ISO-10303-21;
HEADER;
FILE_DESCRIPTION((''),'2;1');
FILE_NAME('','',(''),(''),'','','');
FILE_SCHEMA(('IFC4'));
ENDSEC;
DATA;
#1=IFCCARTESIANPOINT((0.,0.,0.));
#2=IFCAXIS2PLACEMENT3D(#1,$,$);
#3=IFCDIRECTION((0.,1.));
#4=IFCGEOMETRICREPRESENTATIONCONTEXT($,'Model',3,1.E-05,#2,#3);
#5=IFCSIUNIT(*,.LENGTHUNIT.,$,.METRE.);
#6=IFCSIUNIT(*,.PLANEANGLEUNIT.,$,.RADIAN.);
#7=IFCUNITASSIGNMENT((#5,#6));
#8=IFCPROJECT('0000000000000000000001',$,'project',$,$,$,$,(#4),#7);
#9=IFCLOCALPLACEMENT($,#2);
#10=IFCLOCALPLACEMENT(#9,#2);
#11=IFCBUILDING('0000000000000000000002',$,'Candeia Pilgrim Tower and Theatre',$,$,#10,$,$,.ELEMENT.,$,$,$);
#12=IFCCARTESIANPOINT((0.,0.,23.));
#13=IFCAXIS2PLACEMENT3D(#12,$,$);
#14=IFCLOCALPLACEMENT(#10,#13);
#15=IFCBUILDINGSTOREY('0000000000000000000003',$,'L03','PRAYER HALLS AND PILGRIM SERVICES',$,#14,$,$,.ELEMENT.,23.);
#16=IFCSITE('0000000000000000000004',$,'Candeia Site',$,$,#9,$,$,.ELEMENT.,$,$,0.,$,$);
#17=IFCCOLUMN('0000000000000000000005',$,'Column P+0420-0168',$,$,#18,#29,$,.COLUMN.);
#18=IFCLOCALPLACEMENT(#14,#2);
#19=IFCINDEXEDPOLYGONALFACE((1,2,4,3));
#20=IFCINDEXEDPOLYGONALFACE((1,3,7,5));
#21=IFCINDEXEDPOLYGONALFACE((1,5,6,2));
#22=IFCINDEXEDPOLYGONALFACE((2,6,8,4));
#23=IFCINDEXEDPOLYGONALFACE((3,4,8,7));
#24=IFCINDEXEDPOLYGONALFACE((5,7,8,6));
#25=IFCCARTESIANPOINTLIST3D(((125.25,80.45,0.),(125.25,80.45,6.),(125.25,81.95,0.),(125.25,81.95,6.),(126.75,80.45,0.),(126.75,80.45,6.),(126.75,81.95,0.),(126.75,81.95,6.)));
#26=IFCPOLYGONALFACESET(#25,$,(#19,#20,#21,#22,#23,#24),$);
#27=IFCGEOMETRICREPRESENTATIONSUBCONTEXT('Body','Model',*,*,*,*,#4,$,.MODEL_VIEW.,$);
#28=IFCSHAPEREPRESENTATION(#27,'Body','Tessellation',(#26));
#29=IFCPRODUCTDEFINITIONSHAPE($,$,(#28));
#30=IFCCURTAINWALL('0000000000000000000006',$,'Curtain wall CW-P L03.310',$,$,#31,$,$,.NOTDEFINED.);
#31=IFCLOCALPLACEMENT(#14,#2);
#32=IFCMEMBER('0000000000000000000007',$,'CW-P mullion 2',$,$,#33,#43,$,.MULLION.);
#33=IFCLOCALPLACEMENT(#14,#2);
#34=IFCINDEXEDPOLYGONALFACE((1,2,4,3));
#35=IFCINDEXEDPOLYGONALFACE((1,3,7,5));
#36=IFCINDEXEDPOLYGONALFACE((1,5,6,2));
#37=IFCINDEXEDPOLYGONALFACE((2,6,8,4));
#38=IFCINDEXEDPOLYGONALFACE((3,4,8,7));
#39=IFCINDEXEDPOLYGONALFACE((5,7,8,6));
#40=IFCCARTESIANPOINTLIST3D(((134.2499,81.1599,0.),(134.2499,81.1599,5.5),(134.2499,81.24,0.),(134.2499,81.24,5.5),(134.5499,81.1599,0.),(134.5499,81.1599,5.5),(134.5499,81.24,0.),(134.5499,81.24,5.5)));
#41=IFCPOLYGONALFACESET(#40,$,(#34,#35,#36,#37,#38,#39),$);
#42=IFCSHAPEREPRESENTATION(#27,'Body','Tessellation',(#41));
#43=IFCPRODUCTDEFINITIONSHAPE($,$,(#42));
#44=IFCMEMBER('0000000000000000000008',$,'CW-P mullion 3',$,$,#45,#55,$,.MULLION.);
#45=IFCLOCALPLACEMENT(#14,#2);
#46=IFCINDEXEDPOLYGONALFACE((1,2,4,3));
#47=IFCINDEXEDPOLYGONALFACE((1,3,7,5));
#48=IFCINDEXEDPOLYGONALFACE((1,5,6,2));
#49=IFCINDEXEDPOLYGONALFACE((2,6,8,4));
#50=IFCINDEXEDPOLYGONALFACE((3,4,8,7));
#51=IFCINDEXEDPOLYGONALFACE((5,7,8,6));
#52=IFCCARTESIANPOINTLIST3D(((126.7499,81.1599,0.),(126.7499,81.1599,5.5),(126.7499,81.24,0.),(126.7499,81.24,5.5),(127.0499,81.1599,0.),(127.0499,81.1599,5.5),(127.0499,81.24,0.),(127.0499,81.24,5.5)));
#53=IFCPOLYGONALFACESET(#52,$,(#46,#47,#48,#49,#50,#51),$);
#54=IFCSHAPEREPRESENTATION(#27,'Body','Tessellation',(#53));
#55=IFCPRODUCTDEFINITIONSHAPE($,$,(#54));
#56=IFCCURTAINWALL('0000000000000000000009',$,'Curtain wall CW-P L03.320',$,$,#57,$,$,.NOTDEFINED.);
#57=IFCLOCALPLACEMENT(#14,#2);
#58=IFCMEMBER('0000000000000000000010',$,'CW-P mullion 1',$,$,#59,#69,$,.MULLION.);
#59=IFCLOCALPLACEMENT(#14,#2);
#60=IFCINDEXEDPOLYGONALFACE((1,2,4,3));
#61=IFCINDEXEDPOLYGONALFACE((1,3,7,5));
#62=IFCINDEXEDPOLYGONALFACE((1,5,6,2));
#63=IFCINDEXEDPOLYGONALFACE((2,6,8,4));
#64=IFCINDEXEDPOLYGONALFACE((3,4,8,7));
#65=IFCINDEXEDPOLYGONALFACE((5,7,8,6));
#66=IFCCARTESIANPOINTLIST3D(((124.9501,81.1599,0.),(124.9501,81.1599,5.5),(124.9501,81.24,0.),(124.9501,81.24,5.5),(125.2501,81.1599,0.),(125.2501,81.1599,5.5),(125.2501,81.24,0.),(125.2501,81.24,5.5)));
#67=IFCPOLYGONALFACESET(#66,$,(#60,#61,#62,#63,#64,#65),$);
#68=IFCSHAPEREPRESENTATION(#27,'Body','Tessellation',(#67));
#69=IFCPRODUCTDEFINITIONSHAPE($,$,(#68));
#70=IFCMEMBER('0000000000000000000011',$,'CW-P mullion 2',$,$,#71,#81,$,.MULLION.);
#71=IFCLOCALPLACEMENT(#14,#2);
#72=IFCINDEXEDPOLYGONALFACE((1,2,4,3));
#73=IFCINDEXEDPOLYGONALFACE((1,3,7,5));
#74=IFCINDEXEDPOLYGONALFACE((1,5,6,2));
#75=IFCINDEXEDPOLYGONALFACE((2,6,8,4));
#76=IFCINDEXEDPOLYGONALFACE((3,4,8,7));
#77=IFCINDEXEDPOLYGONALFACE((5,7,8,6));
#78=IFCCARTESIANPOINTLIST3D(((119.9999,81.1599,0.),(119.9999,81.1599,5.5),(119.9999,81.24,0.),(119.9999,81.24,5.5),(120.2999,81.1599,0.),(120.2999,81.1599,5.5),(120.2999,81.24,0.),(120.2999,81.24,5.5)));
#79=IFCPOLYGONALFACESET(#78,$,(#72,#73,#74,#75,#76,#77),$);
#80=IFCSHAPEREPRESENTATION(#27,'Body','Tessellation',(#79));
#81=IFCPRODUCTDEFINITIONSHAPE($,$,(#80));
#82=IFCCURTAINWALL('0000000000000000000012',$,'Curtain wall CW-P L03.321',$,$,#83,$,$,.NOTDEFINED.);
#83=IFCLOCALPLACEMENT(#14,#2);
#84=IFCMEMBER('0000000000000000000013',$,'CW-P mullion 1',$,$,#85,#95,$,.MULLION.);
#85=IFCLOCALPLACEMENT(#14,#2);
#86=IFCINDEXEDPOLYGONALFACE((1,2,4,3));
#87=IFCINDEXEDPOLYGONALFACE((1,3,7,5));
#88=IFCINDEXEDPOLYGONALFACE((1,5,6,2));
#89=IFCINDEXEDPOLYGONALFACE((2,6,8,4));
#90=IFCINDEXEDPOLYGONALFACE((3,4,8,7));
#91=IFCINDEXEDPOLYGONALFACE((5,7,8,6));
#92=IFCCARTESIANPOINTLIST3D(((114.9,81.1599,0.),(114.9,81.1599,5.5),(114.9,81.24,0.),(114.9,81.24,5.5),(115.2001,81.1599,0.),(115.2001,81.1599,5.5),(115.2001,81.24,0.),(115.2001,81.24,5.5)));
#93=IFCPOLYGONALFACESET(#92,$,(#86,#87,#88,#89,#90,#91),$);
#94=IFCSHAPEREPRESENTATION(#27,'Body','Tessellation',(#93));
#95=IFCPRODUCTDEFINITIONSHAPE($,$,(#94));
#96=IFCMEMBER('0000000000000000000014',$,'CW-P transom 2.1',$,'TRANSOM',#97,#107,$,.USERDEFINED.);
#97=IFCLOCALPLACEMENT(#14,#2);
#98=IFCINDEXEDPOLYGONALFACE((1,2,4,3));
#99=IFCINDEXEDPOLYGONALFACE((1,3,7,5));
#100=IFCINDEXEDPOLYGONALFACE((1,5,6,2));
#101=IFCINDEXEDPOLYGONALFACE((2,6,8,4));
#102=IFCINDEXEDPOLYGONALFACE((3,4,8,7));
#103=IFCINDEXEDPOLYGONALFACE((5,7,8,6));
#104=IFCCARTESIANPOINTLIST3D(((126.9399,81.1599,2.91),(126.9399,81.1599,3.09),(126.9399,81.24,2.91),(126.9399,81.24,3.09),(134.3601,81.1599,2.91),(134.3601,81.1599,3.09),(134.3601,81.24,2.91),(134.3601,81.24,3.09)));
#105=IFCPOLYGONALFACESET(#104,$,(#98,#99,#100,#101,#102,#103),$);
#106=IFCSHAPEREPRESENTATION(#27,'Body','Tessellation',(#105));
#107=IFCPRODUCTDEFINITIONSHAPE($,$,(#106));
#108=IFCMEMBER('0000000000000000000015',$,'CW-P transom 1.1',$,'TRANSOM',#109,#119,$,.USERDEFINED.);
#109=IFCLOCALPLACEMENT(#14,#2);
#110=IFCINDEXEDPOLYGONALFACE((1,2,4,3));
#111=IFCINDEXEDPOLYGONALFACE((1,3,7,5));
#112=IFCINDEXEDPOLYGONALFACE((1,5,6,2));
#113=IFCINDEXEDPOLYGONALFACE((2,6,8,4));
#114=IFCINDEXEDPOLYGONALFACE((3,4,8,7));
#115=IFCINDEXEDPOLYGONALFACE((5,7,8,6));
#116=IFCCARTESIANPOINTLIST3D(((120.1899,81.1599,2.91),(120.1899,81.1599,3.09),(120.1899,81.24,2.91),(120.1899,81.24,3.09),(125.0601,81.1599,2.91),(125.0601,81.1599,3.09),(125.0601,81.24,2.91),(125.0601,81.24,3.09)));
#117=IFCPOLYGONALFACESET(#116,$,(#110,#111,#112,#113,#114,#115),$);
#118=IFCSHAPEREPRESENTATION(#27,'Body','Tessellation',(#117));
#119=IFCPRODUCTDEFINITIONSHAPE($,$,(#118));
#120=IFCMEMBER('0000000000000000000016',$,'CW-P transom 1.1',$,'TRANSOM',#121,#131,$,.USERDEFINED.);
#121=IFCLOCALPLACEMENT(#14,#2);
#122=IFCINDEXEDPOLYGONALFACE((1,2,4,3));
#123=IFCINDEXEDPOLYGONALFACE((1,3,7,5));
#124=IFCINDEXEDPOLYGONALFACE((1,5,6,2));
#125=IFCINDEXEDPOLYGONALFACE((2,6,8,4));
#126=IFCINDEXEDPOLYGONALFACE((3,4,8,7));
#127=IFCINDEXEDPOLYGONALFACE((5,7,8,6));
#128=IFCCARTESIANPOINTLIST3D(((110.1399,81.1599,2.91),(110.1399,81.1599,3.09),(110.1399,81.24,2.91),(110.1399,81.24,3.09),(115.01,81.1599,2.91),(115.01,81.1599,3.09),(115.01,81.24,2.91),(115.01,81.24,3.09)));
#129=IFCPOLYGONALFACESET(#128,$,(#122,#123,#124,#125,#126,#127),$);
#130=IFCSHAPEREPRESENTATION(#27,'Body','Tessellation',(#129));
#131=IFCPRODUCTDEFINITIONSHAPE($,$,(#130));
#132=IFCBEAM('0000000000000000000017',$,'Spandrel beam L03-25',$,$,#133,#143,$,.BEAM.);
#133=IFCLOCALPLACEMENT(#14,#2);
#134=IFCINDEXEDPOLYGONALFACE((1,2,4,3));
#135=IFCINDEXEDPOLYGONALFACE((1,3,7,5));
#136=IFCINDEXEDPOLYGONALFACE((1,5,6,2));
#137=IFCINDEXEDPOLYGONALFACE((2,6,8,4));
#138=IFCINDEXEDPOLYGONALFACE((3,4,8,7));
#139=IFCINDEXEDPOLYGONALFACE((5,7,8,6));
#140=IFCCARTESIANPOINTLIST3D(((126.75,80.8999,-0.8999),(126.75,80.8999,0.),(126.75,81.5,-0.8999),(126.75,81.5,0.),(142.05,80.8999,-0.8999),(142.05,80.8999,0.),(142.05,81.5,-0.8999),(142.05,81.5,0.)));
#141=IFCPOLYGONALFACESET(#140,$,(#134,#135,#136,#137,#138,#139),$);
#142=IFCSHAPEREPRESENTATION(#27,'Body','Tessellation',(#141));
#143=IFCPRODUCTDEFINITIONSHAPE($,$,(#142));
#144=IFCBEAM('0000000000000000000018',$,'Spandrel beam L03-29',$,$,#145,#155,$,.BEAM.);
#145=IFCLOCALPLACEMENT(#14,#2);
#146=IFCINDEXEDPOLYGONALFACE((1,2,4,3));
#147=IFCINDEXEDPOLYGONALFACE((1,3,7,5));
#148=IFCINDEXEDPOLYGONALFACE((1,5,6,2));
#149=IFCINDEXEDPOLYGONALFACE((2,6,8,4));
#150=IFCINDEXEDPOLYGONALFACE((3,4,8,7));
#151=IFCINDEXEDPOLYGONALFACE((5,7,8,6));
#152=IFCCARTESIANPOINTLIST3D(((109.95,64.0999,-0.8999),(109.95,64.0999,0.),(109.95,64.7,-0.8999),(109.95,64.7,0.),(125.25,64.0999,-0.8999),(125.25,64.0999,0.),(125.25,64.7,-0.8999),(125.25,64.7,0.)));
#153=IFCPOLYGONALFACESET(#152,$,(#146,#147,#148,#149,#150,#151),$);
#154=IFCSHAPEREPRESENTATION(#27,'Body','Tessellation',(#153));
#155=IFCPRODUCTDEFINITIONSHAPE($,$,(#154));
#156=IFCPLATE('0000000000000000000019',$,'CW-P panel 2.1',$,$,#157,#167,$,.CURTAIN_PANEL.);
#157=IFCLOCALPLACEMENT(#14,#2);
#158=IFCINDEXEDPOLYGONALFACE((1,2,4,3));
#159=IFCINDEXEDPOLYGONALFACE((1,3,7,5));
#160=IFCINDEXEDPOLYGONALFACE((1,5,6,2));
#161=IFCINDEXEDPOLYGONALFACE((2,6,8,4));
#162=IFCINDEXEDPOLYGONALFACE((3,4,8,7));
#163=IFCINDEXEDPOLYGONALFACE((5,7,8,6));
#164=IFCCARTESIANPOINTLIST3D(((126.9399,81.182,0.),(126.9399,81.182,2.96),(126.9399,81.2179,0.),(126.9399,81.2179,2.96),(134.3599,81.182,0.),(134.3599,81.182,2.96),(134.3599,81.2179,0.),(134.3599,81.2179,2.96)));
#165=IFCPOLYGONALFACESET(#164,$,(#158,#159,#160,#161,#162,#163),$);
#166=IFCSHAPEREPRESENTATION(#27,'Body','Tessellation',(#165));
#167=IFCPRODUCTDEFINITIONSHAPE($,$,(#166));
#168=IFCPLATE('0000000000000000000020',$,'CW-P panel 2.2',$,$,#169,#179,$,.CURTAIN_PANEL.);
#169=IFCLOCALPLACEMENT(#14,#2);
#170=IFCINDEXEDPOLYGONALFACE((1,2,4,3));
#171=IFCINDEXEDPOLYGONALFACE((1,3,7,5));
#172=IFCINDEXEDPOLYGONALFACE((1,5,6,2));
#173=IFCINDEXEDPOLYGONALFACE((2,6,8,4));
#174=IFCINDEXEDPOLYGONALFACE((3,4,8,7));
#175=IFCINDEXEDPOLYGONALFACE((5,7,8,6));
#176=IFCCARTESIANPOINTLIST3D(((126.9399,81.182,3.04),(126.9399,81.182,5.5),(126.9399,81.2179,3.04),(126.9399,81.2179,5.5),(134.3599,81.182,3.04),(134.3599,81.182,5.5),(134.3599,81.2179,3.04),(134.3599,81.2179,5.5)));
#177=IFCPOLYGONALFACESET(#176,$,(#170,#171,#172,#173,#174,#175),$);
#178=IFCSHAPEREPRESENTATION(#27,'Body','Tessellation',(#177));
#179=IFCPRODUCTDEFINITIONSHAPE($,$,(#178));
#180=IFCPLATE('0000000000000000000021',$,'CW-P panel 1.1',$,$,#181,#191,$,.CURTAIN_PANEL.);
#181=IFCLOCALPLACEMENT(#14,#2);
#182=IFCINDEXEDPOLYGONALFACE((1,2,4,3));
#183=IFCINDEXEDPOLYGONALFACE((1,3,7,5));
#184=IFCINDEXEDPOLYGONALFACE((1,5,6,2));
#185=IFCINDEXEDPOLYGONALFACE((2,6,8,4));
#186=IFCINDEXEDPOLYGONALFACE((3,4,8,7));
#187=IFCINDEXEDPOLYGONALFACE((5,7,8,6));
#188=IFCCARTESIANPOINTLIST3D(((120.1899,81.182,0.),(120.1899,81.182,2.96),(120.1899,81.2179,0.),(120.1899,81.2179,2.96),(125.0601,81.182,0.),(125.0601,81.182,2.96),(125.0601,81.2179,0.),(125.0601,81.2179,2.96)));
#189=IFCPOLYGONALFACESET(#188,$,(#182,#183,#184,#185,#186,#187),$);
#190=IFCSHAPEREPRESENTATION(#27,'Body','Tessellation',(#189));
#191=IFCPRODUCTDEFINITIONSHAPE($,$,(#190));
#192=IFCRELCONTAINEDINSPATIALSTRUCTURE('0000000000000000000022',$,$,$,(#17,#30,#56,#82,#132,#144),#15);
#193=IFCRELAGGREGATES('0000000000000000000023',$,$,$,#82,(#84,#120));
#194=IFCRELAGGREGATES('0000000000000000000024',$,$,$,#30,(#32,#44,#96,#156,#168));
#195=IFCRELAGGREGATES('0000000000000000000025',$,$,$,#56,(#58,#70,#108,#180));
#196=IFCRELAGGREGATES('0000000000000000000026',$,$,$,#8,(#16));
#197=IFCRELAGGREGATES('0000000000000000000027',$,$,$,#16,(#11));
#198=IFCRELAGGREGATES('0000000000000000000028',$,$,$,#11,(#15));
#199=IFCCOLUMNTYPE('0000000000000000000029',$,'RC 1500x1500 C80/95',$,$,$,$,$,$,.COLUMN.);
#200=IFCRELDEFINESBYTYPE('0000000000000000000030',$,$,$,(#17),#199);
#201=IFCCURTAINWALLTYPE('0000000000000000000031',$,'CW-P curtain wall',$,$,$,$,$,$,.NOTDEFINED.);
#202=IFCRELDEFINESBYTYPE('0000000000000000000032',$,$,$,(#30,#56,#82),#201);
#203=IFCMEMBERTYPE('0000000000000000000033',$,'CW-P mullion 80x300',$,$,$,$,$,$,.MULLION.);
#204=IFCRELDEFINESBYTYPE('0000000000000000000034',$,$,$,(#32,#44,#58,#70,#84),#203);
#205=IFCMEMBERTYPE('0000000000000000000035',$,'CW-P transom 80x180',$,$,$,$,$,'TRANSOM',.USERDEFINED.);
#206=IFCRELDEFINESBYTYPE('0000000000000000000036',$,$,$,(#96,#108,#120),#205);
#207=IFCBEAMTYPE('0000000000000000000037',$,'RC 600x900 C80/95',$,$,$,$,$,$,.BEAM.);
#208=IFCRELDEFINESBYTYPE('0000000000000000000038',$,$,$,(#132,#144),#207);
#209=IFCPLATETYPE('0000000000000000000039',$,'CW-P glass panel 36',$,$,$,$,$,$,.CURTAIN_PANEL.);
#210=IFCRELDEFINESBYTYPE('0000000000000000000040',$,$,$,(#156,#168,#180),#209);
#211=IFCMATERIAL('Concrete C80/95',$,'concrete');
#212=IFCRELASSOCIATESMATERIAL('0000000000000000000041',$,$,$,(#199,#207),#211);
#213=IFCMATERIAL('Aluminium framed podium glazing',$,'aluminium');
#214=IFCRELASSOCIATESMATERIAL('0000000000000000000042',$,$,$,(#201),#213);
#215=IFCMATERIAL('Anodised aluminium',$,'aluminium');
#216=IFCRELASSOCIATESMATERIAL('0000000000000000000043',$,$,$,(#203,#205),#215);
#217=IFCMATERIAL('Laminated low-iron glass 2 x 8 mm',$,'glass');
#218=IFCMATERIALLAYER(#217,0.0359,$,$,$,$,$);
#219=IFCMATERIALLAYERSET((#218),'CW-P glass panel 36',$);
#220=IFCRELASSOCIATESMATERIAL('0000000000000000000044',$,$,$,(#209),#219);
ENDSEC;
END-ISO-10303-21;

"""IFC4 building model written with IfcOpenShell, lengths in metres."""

from ifc_helpers import new_model, si_unit, direction, frame, origin, origin_2d, place, context, subcontext, project, spatial, rectangle, extrude, material, layer, layer_set, material_profile, profile_set, type_object, element, aggregate, save


model = new_model("IFC4")

# Units and contexts
model_context = context("Model", 3, precision=1e-05, world=origin(), true_north=direction((0.0, 1.0)))
body_context = subcontext(model_context, "Body", "Model", "MODEL_VIEW")
ifc_project = project(units=[si_unit("LENGTHUNIT", "METRE"), si_unit("PLANEANGLEUNIT", "RADIAN")], contexts=[model_context])

# Site, building, storey
site_placement = place(None, origin())
site = spatial("IfcSite", under=ifc_project, at=site_placement, Name="Candeia Site", CompositionType="ELEMENT", RefElevation=0.0)
building_placement = place(site_placement, origin())
building = spatial("IfcBuilding", under=site, at=building_placement, Name="Candeia Pilgrim Tower and Theatre", CompositionType="ELEMENT")
storey_placement = place(building_placement, frame((0.0, 0.0, 23.0)))
storey = spatial("IfcBuildingStorey", under=building, at=storey_placement, Name="L03", Description="PRAYER HALLS AND PILGRIM SERVICES", CompositionType="ELEMENT", Elevation=23.0)

# Column
ifc_material_1 = material(Name="Concrete C80/95", Category="concrete")
ifc_material_profile_1 = material_profile(ifc_material_1, rectangle(XDim=1.5, YDim=1.5, at=origin_2d()))
ifc_profile_set_1 = profile_set([ifc_material_profile_1], Name="Concrete C80/95")
column_type = type_object("IfcColumnType", Name="RC 1500x1500 C80/95", PredefinedType="COLUMN", material=ifc_profile_set_1)
column_placement = place(storey_placement, frame((126.0, 81.2, 0.0), z_axis=(0.0, 0.0, 1.0), x_axis=(1.0, 0.0, 0.0)))
element("IfcColumn", 1, at=column_placement, inside=storey, type_object=column_type, Name="Column P+0420-0168", PredefinedType="COLUMN", context=body_context, shape_type="SweptSolid", body=[
    extrude(rectangle(XDim=1.5, YDim=1.5, at=origin_2d()), origin(), (0.0, 0.0, 1.0), 6.0),
])

# Curtain walls, members
ifc_material_2 = material(Name="Aluminium framed podium glazing", Category="aluminium")
curtain_wall_type = type_object("IfcCurtainWallType", Name="CW-P curtain wall", PredefinedType="NOTDEFINED", material=ifc_material_2)
curtain_wall_1_placement = place(storey_placement, origin())
curtain_wall_1 = element("IfcCurtainWall", 2, at=curtain_wall_1_placement, inside=storey, type_object=curtain_wall_type, Name="Curtain wall CW-P L03.310", PredefinedType="NOTDEFINED")
ifc_material_3 = material(Name="Anodised aluminium", Category="aluminium")
ifc_material_profile_2 = material_profile(ifc_material_3, rectangle(XDim=0.0801, YDim=0.3, at=origin_2d()))
ifc_profile_set_2 = profile_set([ifc_material_profile_2], Name="Anodised aluminium")
member_type_1 = type_object("IfcMemberType", Name="CW-P mullion 80x300", PredefinedType="MULLION", material=ifc_profile_set_2)
member_1_placement = place(storey_placement, frame((134.3999, 81.2, 0.0), z_axis=(0.0, 0.0, 1.0), x_axis=(0.0, -1.0, 0.0)))
member_1 = element("IfcMember", 3, at=member_1_placement, type_object=member_type_1, Name="CW-P mullion 2", PredefinedType="MULLION", context=body_context, shape_type="SweptSolid", body=[
    extrude(rectangle(XDim=0.0801, YDim=0.3, at=origin_2d()), origin(), (0.0, 0.0, 1.0), 5.5),
])
member_2_placement = place(storey_placement, frame((126.8999, 81.2, 0.0), z_axis=(0.0, 0.0, 1.0), x_axis=(0.0, -1.0, 0.0)))
member_2 = element("IfcMember", 4, at=member_2_placement, type_object=member_type_1, Name="CW-P mullion 3", PredefinedType="MULLION", context=body_context, shape_type="SweptSolid", body=[
    extrude(rectangle(XDim=0.0801, YDim=0.3, at=origin_2d()), origin(), (0.0, 0.0, 1.0), 5.5),
])
curtain_wall_2_placement = place(storey_placement, origin())
curtain_wall_2 = element("IfcCurtainWall", 5, at=curtain_wall_2_placement, inside=storey, type_object=curtain_wall_type, Name="Curtain wall CW-P L03.320", PredefinedType="NOTDEFINED")
member_3_placement = place(storey_placement, frame((125.1001, 81.2, 0.0), z_axis=(0.0, 0.0, 1.0), x_axis=(0.0, -1.0, 0.0)))
member_3 = element("IfcMember", 6, at=member_3_placement, type_object=member_type_1, Name="CW-P mullion 1", PredefinedType="MULLION", context=body_context, shape_type="SweptSolid", body=[
    extrude(rectangle(XDim=0.0801, YDim=0.3, at=origin_2d()), origin(), (0.0, 0.0, 1.0), 5.5),
])
member_4_placement = place(storey_placement, frame((120.1499, 81.2, 0.0), z_axis=(0.0, 0.0, 1.0), x_axis=(0.0, -1.0, 0.0)))
member_4 = element("IfcMember", 7, at=member_4_placement, type_object=member_type_1, Name="CW-P mullion 2", PredefinedType="MULLION", context=body_context, shape_type="SweptSolid", body=[
    extrude(rectangle(XDim=0.0801, YDim=0.3, at=origin_2d()), origin(), (0.0, 0.0, 1.0), 5.5),
])

# Curtain wall, member
curtain_wall_3_placement = place(storey_placement, origin())
curtain_wall_3 = element("IfcCurtainWall", 8, at=curtain_wall_3_placement, inside=storey, type_object=curtain_wall_type, Name="Curtain wall CW-P L03.321", PredefinedType="NOTDEFINED")
member_5_placement = place(storey_placement, frame((115.05, 81.2, 0.0), z_axis=(0.0, 0.0, 1.0), x_axis=(0.0, -1.0, 0.0)))
member_5 = element("IfcMember", 9, at=member_5_placement, type_object=member_type_1, Name="CW-P mullion 1", PredefinedType="MULLION", context=body_context, shape_type="SweptSolid", body=[
    extrude(rectangle(XDim=0.0801, YDim=0.3, at=origin_2d()), origin(), (0.0, 0.0, 1.0), 5.5),
])

# Members
ifc_material_profile_3 = material_profile(ifc_material_3, rectangle(XDim=0.0801, YDim=0.1799, at=origin_2d()))
ifc_profile_set_3 = profile_set([ifc_material_profile_3], Name="Anodised aluminium")
member_type_2 = type_object("IfcMemberType", Name="CW-P transom 80x180", ElementType="TRANSOM", PredefinedType="USERDEFINED", material=ifc_profile_set_3)
member_6_placement = place(storey_placement, frame((134.3601, 81.2, 3.0), z_axis=(-1.0, 0.0, 0.0), x_axis=(0.0, -1.0, 0.0)))
member_6 = element("IfcMember", 10, at=member_6_placement, type_object=member_type_2, Name="CW-P transom 2.1", ObjectType="TRANSOM", PredefinedType="USERDEFINED", context=body_context, shape_type="SweptSolid", body=[
    extrude(rectangle(XDim=0.0801, YDim=0.1799, at=origin_2d()), origin(), (0.0, 0.0, 1.0), 7.4202),
])
member_7_placement = place(storey_placement, frame((125.0601, 81.2, 3.0), z_axis=(-1.0, 0.0, 0.0), x_axis=(0.0, -1.0, 0.0)))
member_7 = element("IfcMember", 11, at=member_7_placement, type_object=member_type_2, Name="CW-P transom 1.1", ObjectType="TRANSOM", PredefinedType="USERDEFINED", context=body_context, shape_type="SweptSolid", body=[
    extrude(rectangle(XDim=0.0801, YDim=0.1799, at=origin_2d()), origin(), (0.0, 0.0, 1.0), 4.8701),
])
member_8_placement = place(storey_placement, frame((115.01, 81.2, 3.0), z_axis=(-1.0, 0.0, 0.0), x_axis=(0.0, -1.0, 0.0)))
member_8 = element("IfcMember", 12, at=member_8_placement, type_object=member_type_2, Name="CW-P transom 1.1", ObjectType="TRANSOM", PredefinedType="USERDEFINED", context=body_context, shape_type="SweptSolid", body=[
    extrude(rectangle(XDim=0.0801, YDim=0.1799, at=origin_2d()), origin(), (0.0, 0.0, 1.0), 4.8701),
])
aggregate(curtain_wall_3, [member_5, member_8])

# Beams
ifc_material_profile_4 = material_profile(ifc_material_1, rectangle(XDim=0.6001, YDim=0.8999, at=origin_2d()))
ifc_profile_set_4 = profile_set([ifc_material_profile_4], Name="Concrete C80/95")
beam_type = type_object("IfcBeamType", Name="RC 600x900 C80/95", PredefinedType="BEAM", material=ifc_profile_set_4)
for number, where, z_axis, x_axis, name in (
    (13, (126.75, 81.2, -0.45), (1.0, 0.0, 0.0), (0.0, 1.0, 0.0), "Spandrel beam L03-25"),
    (14, (125.25, 64.3999, -0.45), (-1.0, 0.0, 0.0), (0.0, -1.0, 0.0), "Spandrel beam L03-29"),
):
    element("IfcBeam", number, at=place(storey_placement, frame(where, z_axis=z_axis, x_axis=x_axis)), inside=storey, type_object=beam_type, Name=name, PredefinedType="BEAM", context=body_context, shape_type="SweptSolid", body=[
        extrude(rectangle(XDim=0.6001, YDim=0.8999, at=origin_2d()), origin(), (0.0, 0.0, 1.0), 15.3),
    ])

# Plates
ifc_material_4 = material(Name="Laminated low-iron glass 2 x 8 mm", Category="glass")
ifc_layer_1 = layer(ifc_material_4, 0.0359)
ifc_layer_set_1 = layer_set([ifc_layer_1], Name="CW-P glass panel 36")
plate_type = type_object("IfcPlateType", Name="CW-P glass panel 36", PredefinedType="CURTAIN_PANEL", material=ifc_layer_set_1)
plate_1_placement = place(storey_placement, frame((130.6499, 81.2, 0.0), z_axis=(0.0, 0.0, 1.0), x_axis=(-1.0, 0.0, 0.0)))
plate_1 = element("IfcPlate", 15, at=plate_1_placement, type_object=plate_type, Name="CW-P panel 2.1", PredefinedType="CURTAIN_PANEL", context=body_context, shape_type="SweptSolid", body=[
    extrude(rectangle(XDim=7.4199, YDim=0.0359, at=origin_2d()), origin(), (0.0, 0.0, 1.0), 2.96),
])
plate_2_placement = place(storey_placement, frame((130.6499, 81.2, 3.04), z_axis=(0.0, 0.0, 1.0), x_axis=(-1.0, 0.0, 0.0)))
plate_2 = element("IfcPlate", 16, at=plate_2_placement, type_object=plate_type, Name="CW-P panel 2.2", PredefinedType="CURTAIN_PANEL", context=body_context, shape_type="SweptSolid", body=[
    extrude(rectangle(XDim=7.4199, YDim=0.0359, at=origin_2d()), origin(), (0.0, 0.0, 1.0), 2.46),
])
aggregate(curtain_wall_1, [member_1, member_2, member_6, plate_1, plate_2])
plate_3_placement = place(storey_placement, frame((122.625, 81.2, 0.0), z_axis=(0.0, 0.0, 1.0), x_axis=(-1.0, 0.0, 0.0)))
plate_3 = element("IfcPlate", 17, at=plate_3_placement, type_object=plate_type, Name="CW-P panel 1.1", PredefinedType="CURTAIN_PANEL", context=body_context, shape_type="SweptSolid", body=[
    extrude(rectangle(XDim=4.8701, YDim=0.0359, at=origin_2d()), origin(), (0.0, 0.0, 1.0), 2.96),
])
aggregate(curtain_wall_2, [member_3, member_4, member_7, plate_3])

save(model, "model.ifc")
